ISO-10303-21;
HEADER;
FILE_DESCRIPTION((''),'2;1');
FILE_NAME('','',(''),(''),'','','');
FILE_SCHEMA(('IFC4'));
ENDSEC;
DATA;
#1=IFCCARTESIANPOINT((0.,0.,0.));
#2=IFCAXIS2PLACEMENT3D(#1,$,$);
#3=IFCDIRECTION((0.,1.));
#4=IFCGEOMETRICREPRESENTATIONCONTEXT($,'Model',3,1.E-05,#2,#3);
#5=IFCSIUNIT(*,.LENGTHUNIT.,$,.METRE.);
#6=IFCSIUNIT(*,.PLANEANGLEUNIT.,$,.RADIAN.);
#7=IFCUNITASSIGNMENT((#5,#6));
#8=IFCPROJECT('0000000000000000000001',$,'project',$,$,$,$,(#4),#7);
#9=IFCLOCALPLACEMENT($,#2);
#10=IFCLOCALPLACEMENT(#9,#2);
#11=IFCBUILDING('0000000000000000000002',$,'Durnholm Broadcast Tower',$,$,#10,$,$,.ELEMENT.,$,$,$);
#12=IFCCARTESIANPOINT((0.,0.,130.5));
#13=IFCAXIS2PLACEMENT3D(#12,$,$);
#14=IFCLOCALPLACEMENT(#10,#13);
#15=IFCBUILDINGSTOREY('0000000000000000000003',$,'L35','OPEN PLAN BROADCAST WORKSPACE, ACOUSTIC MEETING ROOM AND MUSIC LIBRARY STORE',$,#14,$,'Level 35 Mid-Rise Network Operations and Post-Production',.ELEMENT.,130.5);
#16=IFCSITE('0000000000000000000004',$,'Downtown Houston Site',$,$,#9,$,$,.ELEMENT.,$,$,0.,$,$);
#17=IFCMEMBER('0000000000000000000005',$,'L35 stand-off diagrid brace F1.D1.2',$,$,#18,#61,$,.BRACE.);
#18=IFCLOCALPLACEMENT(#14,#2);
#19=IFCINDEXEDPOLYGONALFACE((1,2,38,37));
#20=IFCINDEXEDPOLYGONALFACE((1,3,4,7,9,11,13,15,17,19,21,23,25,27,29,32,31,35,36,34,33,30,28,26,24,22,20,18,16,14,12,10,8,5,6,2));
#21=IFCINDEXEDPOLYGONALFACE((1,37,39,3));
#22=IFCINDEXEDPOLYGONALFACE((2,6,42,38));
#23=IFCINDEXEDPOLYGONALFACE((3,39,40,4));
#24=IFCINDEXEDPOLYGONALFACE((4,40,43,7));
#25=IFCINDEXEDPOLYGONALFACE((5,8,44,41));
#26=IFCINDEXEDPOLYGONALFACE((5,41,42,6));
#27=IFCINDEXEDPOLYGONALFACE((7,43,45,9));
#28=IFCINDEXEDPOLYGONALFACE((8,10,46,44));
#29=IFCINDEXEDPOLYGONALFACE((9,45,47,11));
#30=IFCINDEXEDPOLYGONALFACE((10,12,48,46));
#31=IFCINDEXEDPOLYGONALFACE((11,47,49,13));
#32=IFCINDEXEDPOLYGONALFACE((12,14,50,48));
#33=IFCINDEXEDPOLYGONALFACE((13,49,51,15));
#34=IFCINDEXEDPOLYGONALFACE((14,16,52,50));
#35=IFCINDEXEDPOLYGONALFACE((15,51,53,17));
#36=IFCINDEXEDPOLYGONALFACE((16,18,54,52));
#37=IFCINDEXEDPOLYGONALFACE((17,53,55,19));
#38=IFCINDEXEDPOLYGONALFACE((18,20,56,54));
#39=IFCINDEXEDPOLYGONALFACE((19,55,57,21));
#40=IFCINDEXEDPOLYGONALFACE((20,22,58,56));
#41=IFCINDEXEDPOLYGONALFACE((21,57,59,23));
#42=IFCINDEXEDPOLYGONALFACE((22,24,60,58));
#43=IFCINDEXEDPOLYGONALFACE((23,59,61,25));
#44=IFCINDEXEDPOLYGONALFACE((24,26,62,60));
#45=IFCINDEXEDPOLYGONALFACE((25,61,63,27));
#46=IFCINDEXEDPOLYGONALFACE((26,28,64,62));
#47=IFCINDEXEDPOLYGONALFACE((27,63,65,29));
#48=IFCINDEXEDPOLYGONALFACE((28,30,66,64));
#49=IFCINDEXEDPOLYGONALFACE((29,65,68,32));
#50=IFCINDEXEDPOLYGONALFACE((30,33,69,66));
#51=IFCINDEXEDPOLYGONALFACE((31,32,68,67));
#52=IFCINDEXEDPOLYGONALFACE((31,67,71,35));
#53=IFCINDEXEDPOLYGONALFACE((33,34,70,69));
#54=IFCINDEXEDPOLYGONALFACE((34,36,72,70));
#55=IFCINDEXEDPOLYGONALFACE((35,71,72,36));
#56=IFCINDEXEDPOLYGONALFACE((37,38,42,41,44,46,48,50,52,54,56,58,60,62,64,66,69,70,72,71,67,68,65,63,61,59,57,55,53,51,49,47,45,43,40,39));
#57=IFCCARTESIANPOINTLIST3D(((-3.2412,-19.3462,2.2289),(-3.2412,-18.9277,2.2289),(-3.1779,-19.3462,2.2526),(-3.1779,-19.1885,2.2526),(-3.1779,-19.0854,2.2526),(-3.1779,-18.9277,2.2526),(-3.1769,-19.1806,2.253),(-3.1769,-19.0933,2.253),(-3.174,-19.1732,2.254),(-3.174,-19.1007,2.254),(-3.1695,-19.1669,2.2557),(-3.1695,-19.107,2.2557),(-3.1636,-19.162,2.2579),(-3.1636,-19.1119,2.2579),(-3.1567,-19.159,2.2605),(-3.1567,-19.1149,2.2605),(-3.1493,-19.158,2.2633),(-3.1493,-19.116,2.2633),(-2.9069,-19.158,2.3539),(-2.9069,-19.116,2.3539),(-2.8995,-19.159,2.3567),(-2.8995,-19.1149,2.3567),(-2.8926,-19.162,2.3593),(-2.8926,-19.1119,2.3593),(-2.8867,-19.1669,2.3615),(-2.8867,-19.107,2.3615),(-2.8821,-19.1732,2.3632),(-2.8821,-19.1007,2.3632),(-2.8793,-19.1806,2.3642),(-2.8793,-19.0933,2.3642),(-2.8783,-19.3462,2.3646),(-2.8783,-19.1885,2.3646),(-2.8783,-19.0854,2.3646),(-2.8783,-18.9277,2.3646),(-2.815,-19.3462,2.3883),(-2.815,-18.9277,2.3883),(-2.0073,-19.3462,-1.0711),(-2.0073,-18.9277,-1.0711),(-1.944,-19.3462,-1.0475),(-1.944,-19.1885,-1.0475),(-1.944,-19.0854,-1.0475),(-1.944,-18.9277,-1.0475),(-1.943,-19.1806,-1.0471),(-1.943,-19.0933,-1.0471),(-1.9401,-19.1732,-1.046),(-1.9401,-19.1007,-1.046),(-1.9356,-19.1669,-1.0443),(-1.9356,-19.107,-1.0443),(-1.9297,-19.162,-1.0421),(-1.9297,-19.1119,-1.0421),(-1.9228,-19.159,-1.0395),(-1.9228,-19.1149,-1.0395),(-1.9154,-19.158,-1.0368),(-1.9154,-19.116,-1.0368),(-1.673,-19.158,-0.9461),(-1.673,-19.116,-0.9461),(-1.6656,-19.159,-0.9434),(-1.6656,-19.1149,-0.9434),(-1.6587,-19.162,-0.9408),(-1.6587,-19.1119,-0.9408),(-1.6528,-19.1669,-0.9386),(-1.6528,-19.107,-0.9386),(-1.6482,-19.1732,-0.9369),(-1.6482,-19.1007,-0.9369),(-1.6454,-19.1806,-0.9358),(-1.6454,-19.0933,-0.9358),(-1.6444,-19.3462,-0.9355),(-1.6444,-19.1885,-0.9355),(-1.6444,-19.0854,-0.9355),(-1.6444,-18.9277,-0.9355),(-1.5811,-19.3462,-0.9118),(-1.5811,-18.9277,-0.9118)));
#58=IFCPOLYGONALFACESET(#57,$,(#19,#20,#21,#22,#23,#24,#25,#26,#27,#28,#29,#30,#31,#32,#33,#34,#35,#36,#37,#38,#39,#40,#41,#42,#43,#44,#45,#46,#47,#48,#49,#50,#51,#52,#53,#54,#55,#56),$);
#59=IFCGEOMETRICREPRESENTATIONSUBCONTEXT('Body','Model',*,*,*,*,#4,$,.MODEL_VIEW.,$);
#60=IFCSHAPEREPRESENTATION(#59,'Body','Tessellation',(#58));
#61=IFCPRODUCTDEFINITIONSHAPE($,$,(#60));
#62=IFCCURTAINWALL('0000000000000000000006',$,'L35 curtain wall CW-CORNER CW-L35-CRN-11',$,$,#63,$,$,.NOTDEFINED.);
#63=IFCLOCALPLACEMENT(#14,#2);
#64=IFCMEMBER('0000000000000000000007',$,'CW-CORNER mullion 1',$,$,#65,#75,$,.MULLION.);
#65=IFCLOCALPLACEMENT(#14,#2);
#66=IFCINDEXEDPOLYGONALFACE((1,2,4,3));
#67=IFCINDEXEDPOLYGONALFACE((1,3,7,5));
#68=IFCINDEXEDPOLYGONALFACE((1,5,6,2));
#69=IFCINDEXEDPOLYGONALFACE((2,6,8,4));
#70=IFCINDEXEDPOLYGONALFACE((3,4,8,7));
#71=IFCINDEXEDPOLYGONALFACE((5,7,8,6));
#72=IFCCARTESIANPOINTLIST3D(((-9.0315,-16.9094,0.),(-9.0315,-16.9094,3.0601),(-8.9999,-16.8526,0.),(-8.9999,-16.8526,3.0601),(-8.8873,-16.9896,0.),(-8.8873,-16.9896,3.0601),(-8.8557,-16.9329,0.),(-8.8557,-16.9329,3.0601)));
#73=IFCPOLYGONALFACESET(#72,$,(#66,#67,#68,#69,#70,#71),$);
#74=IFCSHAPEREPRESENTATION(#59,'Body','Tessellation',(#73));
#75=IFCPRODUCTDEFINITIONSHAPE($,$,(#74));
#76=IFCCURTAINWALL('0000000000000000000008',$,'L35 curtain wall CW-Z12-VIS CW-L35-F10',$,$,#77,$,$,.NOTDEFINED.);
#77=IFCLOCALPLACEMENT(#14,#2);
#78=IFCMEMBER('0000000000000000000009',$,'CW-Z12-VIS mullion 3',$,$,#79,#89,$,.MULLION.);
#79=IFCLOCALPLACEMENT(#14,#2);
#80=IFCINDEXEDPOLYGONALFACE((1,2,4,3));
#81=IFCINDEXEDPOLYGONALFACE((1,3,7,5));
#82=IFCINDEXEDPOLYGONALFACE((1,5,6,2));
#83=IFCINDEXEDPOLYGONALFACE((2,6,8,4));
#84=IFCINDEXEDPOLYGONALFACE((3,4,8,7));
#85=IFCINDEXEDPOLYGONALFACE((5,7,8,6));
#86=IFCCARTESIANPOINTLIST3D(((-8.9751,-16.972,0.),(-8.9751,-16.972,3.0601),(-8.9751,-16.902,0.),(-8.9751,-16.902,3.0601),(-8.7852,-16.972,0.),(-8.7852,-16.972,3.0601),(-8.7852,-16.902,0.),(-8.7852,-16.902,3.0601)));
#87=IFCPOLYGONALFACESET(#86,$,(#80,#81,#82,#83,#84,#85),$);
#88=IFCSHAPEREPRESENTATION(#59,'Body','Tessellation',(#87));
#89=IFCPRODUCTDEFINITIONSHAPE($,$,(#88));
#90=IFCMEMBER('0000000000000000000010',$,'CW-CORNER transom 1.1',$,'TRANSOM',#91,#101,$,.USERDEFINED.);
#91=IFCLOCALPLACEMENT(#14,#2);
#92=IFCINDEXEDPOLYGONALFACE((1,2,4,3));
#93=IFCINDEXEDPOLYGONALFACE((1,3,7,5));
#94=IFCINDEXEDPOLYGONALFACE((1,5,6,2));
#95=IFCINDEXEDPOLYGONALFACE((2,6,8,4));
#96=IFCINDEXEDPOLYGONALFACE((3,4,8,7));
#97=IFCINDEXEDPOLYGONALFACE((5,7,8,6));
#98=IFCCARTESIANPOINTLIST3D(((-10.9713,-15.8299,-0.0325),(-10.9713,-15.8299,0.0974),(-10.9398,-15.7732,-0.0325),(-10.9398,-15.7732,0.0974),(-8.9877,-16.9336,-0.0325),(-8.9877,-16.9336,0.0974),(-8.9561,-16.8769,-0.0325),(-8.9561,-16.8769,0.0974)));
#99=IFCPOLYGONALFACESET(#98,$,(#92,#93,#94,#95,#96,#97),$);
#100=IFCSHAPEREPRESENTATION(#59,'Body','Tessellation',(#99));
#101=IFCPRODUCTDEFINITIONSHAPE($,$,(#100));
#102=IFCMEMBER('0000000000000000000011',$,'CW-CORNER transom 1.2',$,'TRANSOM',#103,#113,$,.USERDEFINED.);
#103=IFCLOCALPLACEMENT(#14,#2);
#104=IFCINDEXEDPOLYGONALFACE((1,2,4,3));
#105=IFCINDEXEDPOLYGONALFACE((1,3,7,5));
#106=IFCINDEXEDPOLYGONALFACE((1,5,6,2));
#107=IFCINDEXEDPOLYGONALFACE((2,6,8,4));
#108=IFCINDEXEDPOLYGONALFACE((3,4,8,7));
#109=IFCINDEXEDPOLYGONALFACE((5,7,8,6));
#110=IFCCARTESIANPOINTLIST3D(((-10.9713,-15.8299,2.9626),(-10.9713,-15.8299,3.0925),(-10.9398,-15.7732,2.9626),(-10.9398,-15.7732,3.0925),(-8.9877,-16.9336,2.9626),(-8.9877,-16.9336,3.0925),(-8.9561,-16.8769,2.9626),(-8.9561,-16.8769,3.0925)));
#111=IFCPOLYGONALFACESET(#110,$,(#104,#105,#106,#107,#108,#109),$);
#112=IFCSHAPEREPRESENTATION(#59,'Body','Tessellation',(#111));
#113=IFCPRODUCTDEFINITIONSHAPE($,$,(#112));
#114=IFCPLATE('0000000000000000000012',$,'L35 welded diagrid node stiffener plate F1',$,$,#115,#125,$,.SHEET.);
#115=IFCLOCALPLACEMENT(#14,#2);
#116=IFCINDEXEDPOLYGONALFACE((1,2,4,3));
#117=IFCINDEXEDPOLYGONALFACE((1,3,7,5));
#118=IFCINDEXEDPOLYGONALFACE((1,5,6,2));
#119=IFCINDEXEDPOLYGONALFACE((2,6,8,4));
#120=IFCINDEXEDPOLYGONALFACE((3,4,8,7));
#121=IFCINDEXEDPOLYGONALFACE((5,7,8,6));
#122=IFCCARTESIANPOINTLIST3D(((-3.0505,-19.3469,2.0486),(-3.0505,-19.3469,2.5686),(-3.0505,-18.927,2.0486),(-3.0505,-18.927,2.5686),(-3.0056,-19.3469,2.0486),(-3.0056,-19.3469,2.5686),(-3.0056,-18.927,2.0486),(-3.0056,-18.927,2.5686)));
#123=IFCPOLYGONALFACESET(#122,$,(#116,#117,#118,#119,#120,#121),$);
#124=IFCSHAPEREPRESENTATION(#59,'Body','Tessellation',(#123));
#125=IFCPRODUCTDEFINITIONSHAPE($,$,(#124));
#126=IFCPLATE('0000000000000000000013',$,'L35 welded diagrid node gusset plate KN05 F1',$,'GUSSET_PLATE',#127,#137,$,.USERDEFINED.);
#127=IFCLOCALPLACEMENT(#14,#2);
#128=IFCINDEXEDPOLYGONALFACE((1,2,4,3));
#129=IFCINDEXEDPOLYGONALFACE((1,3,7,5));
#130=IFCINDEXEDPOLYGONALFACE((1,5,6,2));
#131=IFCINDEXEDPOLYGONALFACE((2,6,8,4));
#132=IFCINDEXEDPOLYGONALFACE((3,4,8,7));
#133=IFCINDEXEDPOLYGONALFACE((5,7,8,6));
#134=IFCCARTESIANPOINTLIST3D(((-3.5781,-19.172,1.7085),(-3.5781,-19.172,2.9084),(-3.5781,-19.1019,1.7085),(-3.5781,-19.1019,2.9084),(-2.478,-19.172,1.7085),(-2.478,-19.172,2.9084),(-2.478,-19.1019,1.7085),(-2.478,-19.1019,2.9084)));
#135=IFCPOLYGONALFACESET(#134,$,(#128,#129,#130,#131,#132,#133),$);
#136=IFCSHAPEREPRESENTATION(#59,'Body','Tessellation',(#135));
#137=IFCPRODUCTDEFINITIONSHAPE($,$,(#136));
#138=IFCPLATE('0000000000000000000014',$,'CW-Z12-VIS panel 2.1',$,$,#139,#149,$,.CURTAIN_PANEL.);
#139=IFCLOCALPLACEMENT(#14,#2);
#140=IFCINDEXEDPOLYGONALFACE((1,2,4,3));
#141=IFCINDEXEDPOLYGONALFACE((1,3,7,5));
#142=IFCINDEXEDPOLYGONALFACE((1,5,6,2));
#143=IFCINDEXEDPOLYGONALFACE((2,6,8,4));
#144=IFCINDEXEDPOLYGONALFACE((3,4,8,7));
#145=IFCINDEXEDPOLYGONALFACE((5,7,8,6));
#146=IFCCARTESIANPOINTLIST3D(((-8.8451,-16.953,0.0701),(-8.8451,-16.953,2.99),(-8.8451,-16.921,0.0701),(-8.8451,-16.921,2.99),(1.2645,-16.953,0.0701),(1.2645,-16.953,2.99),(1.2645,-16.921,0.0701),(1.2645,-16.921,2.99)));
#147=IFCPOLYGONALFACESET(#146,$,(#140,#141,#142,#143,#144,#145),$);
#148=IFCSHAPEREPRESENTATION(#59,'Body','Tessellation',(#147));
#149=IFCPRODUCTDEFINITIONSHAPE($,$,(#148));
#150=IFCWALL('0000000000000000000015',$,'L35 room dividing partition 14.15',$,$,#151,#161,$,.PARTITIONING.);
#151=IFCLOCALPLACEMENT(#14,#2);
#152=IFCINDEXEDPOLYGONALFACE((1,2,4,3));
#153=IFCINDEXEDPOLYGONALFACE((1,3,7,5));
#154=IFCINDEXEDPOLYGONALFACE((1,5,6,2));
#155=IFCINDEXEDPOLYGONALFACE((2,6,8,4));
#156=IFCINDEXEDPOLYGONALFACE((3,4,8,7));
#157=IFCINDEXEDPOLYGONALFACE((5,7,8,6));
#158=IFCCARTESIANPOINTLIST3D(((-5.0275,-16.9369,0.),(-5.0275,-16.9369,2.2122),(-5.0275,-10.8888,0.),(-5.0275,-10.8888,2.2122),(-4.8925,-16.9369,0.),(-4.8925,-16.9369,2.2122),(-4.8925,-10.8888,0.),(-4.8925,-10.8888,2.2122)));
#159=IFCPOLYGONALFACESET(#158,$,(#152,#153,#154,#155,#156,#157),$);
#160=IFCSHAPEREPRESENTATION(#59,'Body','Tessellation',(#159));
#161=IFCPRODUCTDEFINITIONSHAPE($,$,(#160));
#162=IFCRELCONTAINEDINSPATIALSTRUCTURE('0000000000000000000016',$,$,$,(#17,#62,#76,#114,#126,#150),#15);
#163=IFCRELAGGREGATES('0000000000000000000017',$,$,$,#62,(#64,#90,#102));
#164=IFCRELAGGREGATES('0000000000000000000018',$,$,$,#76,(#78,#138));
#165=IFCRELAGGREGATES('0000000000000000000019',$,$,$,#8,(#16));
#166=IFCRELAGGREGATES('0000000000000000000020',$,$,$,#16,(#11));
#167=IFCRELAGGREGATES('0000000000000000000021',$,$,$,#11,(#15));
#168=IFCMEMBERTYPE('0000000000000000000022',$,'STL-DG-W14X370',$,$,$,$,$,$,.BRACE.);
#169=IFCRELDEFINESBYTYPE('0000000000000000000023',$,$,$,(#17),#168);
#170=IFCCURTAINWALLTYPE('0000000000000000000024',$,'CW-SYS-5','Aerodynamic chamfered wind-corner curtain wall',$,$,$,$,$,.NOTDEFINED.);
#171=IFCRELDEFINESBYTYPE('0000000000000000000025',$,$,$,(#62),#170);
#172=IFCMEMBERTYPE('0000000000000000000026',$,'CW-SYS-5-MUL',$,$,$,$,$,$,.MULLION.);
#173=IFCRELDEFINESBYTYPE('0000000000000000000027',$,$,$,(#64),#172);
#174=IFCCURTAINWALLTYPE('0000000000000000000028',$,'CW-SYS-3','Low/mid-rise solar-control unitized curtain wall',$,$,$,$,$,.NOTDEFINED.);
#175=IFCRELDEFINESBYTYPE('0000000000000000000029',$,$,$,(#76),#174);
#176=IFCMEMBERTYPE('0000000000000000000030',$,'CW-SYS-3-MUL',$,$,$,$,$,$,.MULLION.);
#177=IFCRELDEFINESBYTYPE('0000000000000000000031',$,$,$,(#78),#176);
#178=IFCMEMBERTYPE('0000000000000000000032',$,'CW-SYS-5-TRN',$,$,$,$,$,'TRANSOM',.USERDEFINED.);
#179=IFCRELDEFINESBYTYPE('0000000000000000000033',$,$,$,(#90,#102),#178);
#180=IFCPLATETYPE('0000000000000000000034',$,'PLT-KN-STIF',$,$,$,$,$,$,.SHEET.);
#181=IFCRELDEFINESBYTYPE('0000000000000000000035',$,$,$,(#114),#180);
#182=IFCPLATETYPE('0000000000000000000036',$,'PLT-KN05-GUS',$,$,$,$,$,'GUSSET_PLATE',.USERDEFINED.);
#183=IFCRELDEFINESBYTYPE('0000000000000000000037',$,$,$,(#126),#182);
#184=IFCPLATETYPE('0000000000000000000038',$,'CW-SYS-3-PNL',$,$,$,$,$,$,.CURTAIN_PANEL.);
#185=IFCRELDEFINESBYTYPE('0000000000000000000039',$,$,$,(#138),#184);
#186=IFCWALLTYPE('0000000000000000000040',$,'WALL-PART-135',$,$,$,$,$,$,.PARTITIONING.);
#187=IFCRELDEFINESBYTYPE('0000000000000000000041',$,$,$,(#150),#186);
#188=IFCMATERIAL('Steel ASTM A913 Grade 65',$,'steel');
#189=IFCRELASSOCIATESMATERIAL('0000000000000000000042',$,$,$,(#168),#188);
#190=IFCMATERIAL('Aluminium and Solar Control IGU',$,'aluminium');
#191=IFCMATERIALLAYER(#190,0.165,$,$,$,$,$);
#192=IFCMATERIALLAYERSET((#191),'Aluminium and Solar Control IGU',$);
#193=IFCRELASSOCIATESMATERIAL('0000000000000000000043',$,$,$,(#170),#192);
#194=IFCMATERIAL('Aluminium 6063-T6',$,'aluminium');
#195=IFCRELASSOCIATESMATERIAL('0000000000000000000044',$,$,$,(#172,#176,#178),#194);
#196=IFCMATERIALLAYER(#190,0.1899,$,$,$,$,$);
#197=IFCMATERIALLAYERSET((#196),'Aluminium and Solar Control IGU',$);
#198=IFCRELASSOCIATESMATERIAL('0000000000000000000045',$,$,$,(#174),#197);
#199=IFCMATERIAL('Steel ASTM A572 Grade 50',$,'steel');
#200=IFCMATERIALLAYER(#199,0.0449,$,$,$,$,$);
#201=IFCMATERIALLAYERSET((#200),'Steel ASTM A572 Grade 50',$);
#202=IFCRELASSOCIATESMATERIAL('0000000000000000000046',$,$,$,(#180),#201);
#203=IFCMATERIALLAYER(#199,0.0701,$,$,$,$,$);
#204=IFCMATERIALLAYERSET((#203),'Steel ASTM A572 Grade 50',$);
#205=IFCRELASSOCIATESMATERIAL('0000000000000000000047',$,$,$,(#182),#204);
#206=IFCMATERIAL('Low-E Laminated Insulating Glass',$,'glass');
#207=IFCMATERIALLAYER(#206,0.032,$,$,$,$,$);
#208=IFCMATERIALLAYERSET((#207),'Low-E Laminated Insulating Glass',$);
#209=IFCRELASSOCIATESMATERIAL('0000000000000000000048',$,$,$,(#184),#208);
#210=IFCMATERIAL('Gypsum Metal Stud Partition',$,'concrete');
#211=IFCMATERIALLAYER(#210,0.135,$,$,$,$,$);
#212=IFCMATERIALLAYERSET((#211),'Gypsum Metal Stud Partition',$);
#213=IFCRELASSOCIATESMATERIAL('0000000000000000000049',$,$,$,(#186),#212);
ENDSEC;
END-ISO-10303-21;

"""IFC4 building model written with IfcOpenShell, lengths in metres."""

from ifc_helpers import new_model, si_unit, direction, frame, frame_2d, origin, origin_2d, place, context, subcontext, project, spatial, rectangle, i_section, extrude, source, transform, mapped, material, layer, layer_set, material_profile, profile_set, type_object, type_shapes, element, aggregate, save


model = new_model("IFC4")

# Units and contexts
model_context = context("Model", 3, precision=1e-05, world=origin(), true_north=direction((0.0, 1.0)))
body_context = subcontext(model_context, "Body", "Model", "MODEL_VIEW")
ifc_project = project(units=[si_unit("LENGTHUNIT", "METRE"), si_unit("PLANEANGLEUNIT", "RADIAN")], contexts=[model_context])

# Site, building, storey
site_placement = place(None, origin())
site = spatial("IfcSite", under=ifc_project, at=site_placement, Name="Downtown Houston Site", CompositionType="ELEMENT", RefElevation=0.0)
building_placement = place(site_placement, origin())
building = spatial("IfcBuilding", under=site, at=building_placement, Name="Durnholm Broadcast Tower", CompositionType="ELEMENT")
storey_placement = place(building_placement, frame((0.0, 0.0, 130.5)))
storey = spatial("IfcBuildingStorey", under=building, at=storey_placement, Name="L35", Description="OPEN PLAN BROADCAST WORKSPACE, ACOUSTIC MEETING ROOM AND MUSIC LIBRARY STORE", LongName="Level 35 Mid-Rise Network Operations and Post-Production", CompositionType="ELEMENT", Elevation=130.5)

# Member
ifc_material_1 = material(Name="Steel ASTM A913 Grade 65", Category="steel")
ifc_material_profile_1 = material_profile(ifc_material_1, i_section(OverallWidth=0.4185, OverallDepth=0.4551, WebThickness=0.042, FlangeThickness=0.0676, FilletRadius=0.0305, at=origin_2d()), Name="W14X370")
ifc_profile_set_1 = profile_set([ifc_material_profile_1], Name="Steel ASTM A913 Grade 65")
member_type_1 = type_object("IfcMemberType", Name="STL-DG-W14X370", PredefinedType="BRACE", material=ifc_profile_set_1)
shared_shape_1 = source(origin(), body_context, "Body", "SweptSolid", [
    extrude(i_section(OverallWidth=0.4185, OverallDepth=0.4551, WebThickness=0.042, FlangeThickness=0.0676, FilletRadius=0.0305, at=origin_2d()), origin(), (0.0, 0.0, 1.0), 3.5232),
])
type_shapes(member_type_1, [shared_shape_1])
for number, where, z_axis, x_axis, name in (
    (1, (-1.7942, -19.137, -0.9915), (-0.35022, 0.0, 0.936668), (0.0, -1.0, 0.0), "L35 stand-off diagrid brace F1.D1.2"),
):
    element("IfcMember", number, at=place(storey_placement, frame(where, z_axis=z_axis, x_axis=x_axis)), inside=storey, type_object=member_type_1, Name=name, PredefinedType="BRACE", context=body_context, shape_type="MappedRepresentation", body=[
        mapped(shared_shape_1, transform((0.0, 0.0, 0.0), x_axis=(1.0, 0.0, 0.0), y_axis=(0.0, 1.0, 0.0), z_axis=(0.0, 0.0, 1.0), scale=1.0)),
    ])

# Curtain walls, members
ifc_material_2 = material(Name="Aluminium and Solar Control IGU", Category="aluminium")
ifc_layer_1 = layer(ifc_material_2, 0.165)
ifc_layer_set_1 = layer_set([ifc_layer_1], Name="Aluminium and Solar Control IGU")
curtain_wall_type_1 = type_object("IfcCurtainWallType", Name="CW-SYS-5", Description="Aerodynamic chamfered wind-corner curtain wall", PredefinedType="NOTDEFINED", material=ifc_layer_set_1)
curtain_wall_1_placement = place(storey_placement, origin())
curtain_wall_1 = element("IfcCurtainWall", 2, at=curtain_wall_1_placement, inside=storey, type_object=curtain_wall_type_1, Name="L35 curtain wall CW-CORNER CW-L35-CRN-11", PredefinedType="NOTDEFINED")
ifc_material_3 = material(Name="Aluminium 6063-T6", Category="aluminium")
ifc_material_profile_2 = material_profile(ifc_material_3, rectangle(XDim=0.0649, YDim=0.165, at=origin_2d()), Name="CWM65X165")
ifc_profile_set_2 = profile_set([ifc_material_profile_2], Name="Aluminium 6063-T6")
member_type_2 = type_object("IfcMemberType", Name="CW-SYS-5-MUL", PredefinedType="MULLION", material=ifc_profile_set_2)
shared_shape_2 = source(origin(), body_context, "Body", "SweptSolid", [
    extrude(rectangle(XDim=0.0649, YDim=0.165, at=origin_2d()), origin(), (0.0, 0.0, 1.0), 3.0601),
])
type_shapes(member_type_2, [shared_shape_2])
member_1_placement = place(storey_placement, frame((-8.9436, -16.9211, 0.0), z_axis=(0.0, 0.0, 1.0), x_axis=(-0.486244, -0.873823, 0.0)))
member_1 = element("IfcMember", 3, at=member_1_placement, type_object=member_type_2, Name="CW-CORNER mullion 1", PredefinedType="MULLION", context=body_context, shape_type="MappedRepresentation", body=[
    mapped(shared_shape_2, transform((0.0, 0.0, 0.0), x_axis=(1.0, 0.0, 0.0), y_axis=(0.0, 1.0, 0.0), z_axis=(0.0, 0.0, 1.0), scale=1.0)),
])
ifc_layer_2 = layer(ifc_material_2, 0.1899)
ifc_layer_set_2 = layer_set([ifc_layer_2], Name="Aluminium and Solar Control IGU")
curtain_wall_type_2 = type_object("IfcCurtainWallType", Name="CW-SYS-3", Description="Low/mid-rise solar-control unitized curtain wall", PredefinedType="NOTDEFINED", material=ifc_layer_set_2)
curtain_wall_2_placement = place(storey_placement, origin())
curtain_wall_2 = element("IfcCurtainWall", 4, at=curtain_wall_2_placement, inside=storey, type_object=curtain_wall_type_2, Name="L35 curtain wall CW-Z12-VIS CW-L35-F10", PredefinedType="NOTDEFINED")
ifc_material_profile_3 = material_profile(ifc_material_3, rectangle(XDim=0.0701, YDim=0.1899, at=origin_2d()), Name="CWM70X190")
ifc_profile_set_3 = profile_set([ifc_material_profile_3], Name="Aluminium 6063-T6")
member_type_3 = type_object("IfcMemberType", Name="CW-SYS-3-MUL", PredefinedType="MULLION", material=ifc_profile_set_3)
shared_shape_3 = source(origin(), body_context, "Body", "SweptSolid", [
    extrude(rectangle(XDim=0.0701, YDim=0.1899, at=origin_2d()), origin(), (0.0, 0.0, 1.0), 3.0601),
])
type_shapes(member_type_3, [shared_shape_3])
member_2_placement = place(storey_placement, frame((-8.8801, -16.937, 0.0), z_axis=(0.0, 0.0, 1.0), x_axis=(0.0, -1.0, 0.0)))
member_2 = element("IfcMember", 5, at=member_2_placement, type_object=member_type_3, Name="CW-Z12-VIS mullion 3", PredefinedType="MULLION", context=body_context, shape_type="MappedRepresentation", body=[
    mapped(shared_shape_3, transform((0.0, 0.0, 0.0), x_axis=(1.0, 0.0, 0.0), y_axis=(0.0, 1.0, 0.0), z_axis=(0.0, 0.0, 1.0), scale=1.0)),
])

# Members
ifc_material_profile_4 = material_profile(ifc_material_3, rectangle(XDim=0.0649, YDim=0.1299, at=origin_2d()), Name="CWT65X130")
ifc_profile_set_4 = profile_set([ifc_material_profile_4], Name="Aluminium 6063-T6")
member_type_4 = type_object("IfcMemberType", Name="CW-SYS-5-TRN", ElementType="TRANSOM", PredefinedType="USERDEFINED", material=ifc_profile_set_4)
shared_shape_4 = source(origin(), body_context, "Body", "SweptSolid", [
    extrude(rectangle(XDim=0.0649, YDim=0.1299, at=origin_2d()), origin(), (0.0, 0.0, 1.0), 2.27),
])
type_shapes(member_type_4, [shared_shape_4])
member_3_placement = place(storey_placement, frame((-8.9719, -16.9053, 0.0325), z_axis=(-0.873832, 0.486227, 0.0), x_axis=(-0.486227, -0.873832, 0.0)))
member_3 = element("IfcMember", 6, at=member_3_placement, type_object=member_type_4, Name="CW-CORNER transom 1.1", ObjectType="TRANSOM", PredefinedType="USERDEFINED", context=body_context, shape_type="MappedRepresentation", body=[
    mapped(shared_shape_4, transform((0.0, 0.0, 0.0), x_axis=(1.0, 0.0, 0.0), y_axis=(0.0, 1.0, 0.0), z_axis=(0.0, 0.0, 1.0), scale=1.0)),
])
member_4_placement = place(storey_placement, frame((-8.9719, -16.9053, 3.0276), z_axis=(-0.873832, 0.486227, 0.0), x_axis=(-0.486227, -0.873832, 0.0)))
member_4 = element("IfcMember", 7, at=member_4_placement, type_object=member_type_4, Name="CW-CORNER transom 1.2", ObjectType="TRANSOM", PredefinedType="USERDEFINED", context=body_context, shape_type="MappedRepresentation", body=[
    mapped(shared_shape_4, transform((0.0, 0.0, 0.0), x_axis=(1.0, 0.0, 0.0), y_axis=(0.0, 1.0, 0.0), z_axis=(0.0, 0.0, 1.0), scale=1.0)),
])
aggregate(curtain_wall_1, [member_1, member_3, member_4])

# Plates
ifc_material_4 = material(Name="Steel ASTM A572 Grade 50", Category="steel")
ifc_layer_3 = layer(ifc_material_4, 0.0449)
ifc_layer_set_3 = layer_set([ifc_layer_3], Name="Steel ASTM A572 Grade 50")
plate_type_1 = type_object("IfcPlateType", Name="PLT-KN-STIF", PredefinedType="SHEET", material=ifc_layer_set_3)
shared_shape_5 = source(origin(), body_context, "Body", "SweptSolid", [
    extrude(rectangle(XDim=0.0449, YDim=0.4199, at=origin_2d()), origin(), (0.0, 0.0, 1.0), 0.52),
])
type_shapes(plate_type_1, [shared_shape_5])
plate_1_placement = place(storey_placement, frame((-3.0281, -19.137, 2.0486), z_axis=(0.0, 0.0, 1.0), x_axis=(1.0, 0.0, 0.0)))
element("IfcPlate", 8, at=plate_1_placement, inside=storey, type_object=plate_type_1, Name="L35 welded diagrid node stiffener plate F1", PredefinedType="SHEET", context=body_context, shape_type="MappedRepresentation", body=[
    mapped(shared_shape_5, transform((0.0, 0.0, 0.0), x_axis=(1.0, 0.0, 0.0), y_axis=(0.0, 1.0, 0.0), z_axis=(0.0, 0.0, 1.0), scale=1.0)),
])
ifc_layer_4 = layer(ifc_material_4, 0.0701)
ifc_layer_set_4 = layer_set([ifc_layer_4], Name="Steel ASTM A572 Grade 50")
plate_type_2 = type_object("IfcPlateType", Name="PLT-KN05-GUS", ElementType="GUSSET_PLATE", PredefinedType="USERDEFINED", material=ifc_layer_set_4)
shared_shape_6 = source(origin(), body_context, "Body", "SweptSolid", [
    extrude(rectangle(XDim=1.1001, YDim=0.0701, at=origin_2d()), origin(), (0.0, 0.0, 1.0), 1.2),
])
type_shapes(plate_type_2, [shared_shape_6])
plate_2_placement = place(storey_placement, frame((-3.0281, -19.137, 1.7085), z_axis=(0.0, 0.0, 1.0), x_axis=(1.0, 0.0, 0.0)))
element("IfcPlate", 9, at=plate_2_placement, inside=storey, type_object=plate_type_2, Name="L35 welded diagrid node gusset plate KN05 F1", ObjectType="GUSSET_PLATE", PredefinedType="USERDEFINED", context=body_context, shape_type="MappedRepresentation", body=[
    mapped(shared_shape_6, transform((0.0, 0.0, 0.0), x_axis=(1.0, 0.0, 0.0), y_axis=(0.0, 1.0, 0.0), z_axis=(0.0, 0.0, 1.0), scale=1.0)),
])

# Plate
ifc_material_5 = material(Name="Low-E Laminated Insulating Glass", Category="glass")
ifc_layer_5 = layer(ifc_material_5, 0.032)
ifc_layer_set_5 = layer_set([ifc_layer_5], Name="Low-E Laminated Insulating Glass")
plate_type_3 = type_object("IfcPlateType", Name="CW-SYS-3-PNL", PredefinedType="CURTAIN_PANEL", material=ifc_layer_set_5)
shared_shape_7 = source(origin(), body_context, "Body", "SweptSolid", [
    extrude(rectangle(XDim=10.1096, YDim=0.032, at=origin_2d()), origin(), (0.0, 0.0, 1.0), 2.9199),
])
type_shapes(plate_type_3, [shared_shape_7])
plate_3_placement = place(storey_placement, frame((-3.7903, -16.937, 0.0701), z_axis=(0.0, 0.0, 1.0), x_axis=(-1.0, 0.0, 0.0)))
plate_3 = element("IfcPlate", 10, at=plate_3_placement, type_object=plate_type_3, Name="CW-Z12-VIS panel 2.1", PredefinedType="CURTAIN_PANEL", context=body_context, shape_type="MappedRepresentation", body=[
    mapped(shared_shape_7, transform((0.0, 0.0, 0.0), x_axis=(1.0, 0.0, 0.0), y_axis=(0.0, 1.0, 0.0), z_axis=(0.0, 0.0, 1.0), scale=1.0)),
])
aggregate(curtain_wall_2, [member_2, plate_3])

# Wall
ifc_material_6 = material(Name="Gypsum Metal Stud Partition", Category="concrete")
ifc_layer_6 = layer(ifc_material_6, 0.135)
ifc_layer_set_6 = layer_set([ifc_layer_6], Name="Gypsum Metal Stud Partition")
wall_type_1 = type_object("IfcWallType", Name="WALL-PART-135", PredefinedType="PARTITIONING", material=ifc_layer_set_6)
wall_1_placement = place(storey_placement, frame((-4.96, -10.8889, 0.0), z_axis=(0.0, 0.0, 1.0), x_axis=(0.0, -1.0, 0.0)))
element("IfcWall", 11, at=wall_1_placement, inside=storey, type_object=wall_type_1, Name="L35 room dividing partition 14.15", PredefinedType="PARTITIONING", context=body_context, shape_type="SweptSolid", body=[
    extrude(rectangle(XDim=6.0481, YDim=0.135, at=frame_2d((3.0239, 0.0))), origin(), (0.0, 0.0, 1.0), 2.2122),
])

save(model, "model.ifc")
